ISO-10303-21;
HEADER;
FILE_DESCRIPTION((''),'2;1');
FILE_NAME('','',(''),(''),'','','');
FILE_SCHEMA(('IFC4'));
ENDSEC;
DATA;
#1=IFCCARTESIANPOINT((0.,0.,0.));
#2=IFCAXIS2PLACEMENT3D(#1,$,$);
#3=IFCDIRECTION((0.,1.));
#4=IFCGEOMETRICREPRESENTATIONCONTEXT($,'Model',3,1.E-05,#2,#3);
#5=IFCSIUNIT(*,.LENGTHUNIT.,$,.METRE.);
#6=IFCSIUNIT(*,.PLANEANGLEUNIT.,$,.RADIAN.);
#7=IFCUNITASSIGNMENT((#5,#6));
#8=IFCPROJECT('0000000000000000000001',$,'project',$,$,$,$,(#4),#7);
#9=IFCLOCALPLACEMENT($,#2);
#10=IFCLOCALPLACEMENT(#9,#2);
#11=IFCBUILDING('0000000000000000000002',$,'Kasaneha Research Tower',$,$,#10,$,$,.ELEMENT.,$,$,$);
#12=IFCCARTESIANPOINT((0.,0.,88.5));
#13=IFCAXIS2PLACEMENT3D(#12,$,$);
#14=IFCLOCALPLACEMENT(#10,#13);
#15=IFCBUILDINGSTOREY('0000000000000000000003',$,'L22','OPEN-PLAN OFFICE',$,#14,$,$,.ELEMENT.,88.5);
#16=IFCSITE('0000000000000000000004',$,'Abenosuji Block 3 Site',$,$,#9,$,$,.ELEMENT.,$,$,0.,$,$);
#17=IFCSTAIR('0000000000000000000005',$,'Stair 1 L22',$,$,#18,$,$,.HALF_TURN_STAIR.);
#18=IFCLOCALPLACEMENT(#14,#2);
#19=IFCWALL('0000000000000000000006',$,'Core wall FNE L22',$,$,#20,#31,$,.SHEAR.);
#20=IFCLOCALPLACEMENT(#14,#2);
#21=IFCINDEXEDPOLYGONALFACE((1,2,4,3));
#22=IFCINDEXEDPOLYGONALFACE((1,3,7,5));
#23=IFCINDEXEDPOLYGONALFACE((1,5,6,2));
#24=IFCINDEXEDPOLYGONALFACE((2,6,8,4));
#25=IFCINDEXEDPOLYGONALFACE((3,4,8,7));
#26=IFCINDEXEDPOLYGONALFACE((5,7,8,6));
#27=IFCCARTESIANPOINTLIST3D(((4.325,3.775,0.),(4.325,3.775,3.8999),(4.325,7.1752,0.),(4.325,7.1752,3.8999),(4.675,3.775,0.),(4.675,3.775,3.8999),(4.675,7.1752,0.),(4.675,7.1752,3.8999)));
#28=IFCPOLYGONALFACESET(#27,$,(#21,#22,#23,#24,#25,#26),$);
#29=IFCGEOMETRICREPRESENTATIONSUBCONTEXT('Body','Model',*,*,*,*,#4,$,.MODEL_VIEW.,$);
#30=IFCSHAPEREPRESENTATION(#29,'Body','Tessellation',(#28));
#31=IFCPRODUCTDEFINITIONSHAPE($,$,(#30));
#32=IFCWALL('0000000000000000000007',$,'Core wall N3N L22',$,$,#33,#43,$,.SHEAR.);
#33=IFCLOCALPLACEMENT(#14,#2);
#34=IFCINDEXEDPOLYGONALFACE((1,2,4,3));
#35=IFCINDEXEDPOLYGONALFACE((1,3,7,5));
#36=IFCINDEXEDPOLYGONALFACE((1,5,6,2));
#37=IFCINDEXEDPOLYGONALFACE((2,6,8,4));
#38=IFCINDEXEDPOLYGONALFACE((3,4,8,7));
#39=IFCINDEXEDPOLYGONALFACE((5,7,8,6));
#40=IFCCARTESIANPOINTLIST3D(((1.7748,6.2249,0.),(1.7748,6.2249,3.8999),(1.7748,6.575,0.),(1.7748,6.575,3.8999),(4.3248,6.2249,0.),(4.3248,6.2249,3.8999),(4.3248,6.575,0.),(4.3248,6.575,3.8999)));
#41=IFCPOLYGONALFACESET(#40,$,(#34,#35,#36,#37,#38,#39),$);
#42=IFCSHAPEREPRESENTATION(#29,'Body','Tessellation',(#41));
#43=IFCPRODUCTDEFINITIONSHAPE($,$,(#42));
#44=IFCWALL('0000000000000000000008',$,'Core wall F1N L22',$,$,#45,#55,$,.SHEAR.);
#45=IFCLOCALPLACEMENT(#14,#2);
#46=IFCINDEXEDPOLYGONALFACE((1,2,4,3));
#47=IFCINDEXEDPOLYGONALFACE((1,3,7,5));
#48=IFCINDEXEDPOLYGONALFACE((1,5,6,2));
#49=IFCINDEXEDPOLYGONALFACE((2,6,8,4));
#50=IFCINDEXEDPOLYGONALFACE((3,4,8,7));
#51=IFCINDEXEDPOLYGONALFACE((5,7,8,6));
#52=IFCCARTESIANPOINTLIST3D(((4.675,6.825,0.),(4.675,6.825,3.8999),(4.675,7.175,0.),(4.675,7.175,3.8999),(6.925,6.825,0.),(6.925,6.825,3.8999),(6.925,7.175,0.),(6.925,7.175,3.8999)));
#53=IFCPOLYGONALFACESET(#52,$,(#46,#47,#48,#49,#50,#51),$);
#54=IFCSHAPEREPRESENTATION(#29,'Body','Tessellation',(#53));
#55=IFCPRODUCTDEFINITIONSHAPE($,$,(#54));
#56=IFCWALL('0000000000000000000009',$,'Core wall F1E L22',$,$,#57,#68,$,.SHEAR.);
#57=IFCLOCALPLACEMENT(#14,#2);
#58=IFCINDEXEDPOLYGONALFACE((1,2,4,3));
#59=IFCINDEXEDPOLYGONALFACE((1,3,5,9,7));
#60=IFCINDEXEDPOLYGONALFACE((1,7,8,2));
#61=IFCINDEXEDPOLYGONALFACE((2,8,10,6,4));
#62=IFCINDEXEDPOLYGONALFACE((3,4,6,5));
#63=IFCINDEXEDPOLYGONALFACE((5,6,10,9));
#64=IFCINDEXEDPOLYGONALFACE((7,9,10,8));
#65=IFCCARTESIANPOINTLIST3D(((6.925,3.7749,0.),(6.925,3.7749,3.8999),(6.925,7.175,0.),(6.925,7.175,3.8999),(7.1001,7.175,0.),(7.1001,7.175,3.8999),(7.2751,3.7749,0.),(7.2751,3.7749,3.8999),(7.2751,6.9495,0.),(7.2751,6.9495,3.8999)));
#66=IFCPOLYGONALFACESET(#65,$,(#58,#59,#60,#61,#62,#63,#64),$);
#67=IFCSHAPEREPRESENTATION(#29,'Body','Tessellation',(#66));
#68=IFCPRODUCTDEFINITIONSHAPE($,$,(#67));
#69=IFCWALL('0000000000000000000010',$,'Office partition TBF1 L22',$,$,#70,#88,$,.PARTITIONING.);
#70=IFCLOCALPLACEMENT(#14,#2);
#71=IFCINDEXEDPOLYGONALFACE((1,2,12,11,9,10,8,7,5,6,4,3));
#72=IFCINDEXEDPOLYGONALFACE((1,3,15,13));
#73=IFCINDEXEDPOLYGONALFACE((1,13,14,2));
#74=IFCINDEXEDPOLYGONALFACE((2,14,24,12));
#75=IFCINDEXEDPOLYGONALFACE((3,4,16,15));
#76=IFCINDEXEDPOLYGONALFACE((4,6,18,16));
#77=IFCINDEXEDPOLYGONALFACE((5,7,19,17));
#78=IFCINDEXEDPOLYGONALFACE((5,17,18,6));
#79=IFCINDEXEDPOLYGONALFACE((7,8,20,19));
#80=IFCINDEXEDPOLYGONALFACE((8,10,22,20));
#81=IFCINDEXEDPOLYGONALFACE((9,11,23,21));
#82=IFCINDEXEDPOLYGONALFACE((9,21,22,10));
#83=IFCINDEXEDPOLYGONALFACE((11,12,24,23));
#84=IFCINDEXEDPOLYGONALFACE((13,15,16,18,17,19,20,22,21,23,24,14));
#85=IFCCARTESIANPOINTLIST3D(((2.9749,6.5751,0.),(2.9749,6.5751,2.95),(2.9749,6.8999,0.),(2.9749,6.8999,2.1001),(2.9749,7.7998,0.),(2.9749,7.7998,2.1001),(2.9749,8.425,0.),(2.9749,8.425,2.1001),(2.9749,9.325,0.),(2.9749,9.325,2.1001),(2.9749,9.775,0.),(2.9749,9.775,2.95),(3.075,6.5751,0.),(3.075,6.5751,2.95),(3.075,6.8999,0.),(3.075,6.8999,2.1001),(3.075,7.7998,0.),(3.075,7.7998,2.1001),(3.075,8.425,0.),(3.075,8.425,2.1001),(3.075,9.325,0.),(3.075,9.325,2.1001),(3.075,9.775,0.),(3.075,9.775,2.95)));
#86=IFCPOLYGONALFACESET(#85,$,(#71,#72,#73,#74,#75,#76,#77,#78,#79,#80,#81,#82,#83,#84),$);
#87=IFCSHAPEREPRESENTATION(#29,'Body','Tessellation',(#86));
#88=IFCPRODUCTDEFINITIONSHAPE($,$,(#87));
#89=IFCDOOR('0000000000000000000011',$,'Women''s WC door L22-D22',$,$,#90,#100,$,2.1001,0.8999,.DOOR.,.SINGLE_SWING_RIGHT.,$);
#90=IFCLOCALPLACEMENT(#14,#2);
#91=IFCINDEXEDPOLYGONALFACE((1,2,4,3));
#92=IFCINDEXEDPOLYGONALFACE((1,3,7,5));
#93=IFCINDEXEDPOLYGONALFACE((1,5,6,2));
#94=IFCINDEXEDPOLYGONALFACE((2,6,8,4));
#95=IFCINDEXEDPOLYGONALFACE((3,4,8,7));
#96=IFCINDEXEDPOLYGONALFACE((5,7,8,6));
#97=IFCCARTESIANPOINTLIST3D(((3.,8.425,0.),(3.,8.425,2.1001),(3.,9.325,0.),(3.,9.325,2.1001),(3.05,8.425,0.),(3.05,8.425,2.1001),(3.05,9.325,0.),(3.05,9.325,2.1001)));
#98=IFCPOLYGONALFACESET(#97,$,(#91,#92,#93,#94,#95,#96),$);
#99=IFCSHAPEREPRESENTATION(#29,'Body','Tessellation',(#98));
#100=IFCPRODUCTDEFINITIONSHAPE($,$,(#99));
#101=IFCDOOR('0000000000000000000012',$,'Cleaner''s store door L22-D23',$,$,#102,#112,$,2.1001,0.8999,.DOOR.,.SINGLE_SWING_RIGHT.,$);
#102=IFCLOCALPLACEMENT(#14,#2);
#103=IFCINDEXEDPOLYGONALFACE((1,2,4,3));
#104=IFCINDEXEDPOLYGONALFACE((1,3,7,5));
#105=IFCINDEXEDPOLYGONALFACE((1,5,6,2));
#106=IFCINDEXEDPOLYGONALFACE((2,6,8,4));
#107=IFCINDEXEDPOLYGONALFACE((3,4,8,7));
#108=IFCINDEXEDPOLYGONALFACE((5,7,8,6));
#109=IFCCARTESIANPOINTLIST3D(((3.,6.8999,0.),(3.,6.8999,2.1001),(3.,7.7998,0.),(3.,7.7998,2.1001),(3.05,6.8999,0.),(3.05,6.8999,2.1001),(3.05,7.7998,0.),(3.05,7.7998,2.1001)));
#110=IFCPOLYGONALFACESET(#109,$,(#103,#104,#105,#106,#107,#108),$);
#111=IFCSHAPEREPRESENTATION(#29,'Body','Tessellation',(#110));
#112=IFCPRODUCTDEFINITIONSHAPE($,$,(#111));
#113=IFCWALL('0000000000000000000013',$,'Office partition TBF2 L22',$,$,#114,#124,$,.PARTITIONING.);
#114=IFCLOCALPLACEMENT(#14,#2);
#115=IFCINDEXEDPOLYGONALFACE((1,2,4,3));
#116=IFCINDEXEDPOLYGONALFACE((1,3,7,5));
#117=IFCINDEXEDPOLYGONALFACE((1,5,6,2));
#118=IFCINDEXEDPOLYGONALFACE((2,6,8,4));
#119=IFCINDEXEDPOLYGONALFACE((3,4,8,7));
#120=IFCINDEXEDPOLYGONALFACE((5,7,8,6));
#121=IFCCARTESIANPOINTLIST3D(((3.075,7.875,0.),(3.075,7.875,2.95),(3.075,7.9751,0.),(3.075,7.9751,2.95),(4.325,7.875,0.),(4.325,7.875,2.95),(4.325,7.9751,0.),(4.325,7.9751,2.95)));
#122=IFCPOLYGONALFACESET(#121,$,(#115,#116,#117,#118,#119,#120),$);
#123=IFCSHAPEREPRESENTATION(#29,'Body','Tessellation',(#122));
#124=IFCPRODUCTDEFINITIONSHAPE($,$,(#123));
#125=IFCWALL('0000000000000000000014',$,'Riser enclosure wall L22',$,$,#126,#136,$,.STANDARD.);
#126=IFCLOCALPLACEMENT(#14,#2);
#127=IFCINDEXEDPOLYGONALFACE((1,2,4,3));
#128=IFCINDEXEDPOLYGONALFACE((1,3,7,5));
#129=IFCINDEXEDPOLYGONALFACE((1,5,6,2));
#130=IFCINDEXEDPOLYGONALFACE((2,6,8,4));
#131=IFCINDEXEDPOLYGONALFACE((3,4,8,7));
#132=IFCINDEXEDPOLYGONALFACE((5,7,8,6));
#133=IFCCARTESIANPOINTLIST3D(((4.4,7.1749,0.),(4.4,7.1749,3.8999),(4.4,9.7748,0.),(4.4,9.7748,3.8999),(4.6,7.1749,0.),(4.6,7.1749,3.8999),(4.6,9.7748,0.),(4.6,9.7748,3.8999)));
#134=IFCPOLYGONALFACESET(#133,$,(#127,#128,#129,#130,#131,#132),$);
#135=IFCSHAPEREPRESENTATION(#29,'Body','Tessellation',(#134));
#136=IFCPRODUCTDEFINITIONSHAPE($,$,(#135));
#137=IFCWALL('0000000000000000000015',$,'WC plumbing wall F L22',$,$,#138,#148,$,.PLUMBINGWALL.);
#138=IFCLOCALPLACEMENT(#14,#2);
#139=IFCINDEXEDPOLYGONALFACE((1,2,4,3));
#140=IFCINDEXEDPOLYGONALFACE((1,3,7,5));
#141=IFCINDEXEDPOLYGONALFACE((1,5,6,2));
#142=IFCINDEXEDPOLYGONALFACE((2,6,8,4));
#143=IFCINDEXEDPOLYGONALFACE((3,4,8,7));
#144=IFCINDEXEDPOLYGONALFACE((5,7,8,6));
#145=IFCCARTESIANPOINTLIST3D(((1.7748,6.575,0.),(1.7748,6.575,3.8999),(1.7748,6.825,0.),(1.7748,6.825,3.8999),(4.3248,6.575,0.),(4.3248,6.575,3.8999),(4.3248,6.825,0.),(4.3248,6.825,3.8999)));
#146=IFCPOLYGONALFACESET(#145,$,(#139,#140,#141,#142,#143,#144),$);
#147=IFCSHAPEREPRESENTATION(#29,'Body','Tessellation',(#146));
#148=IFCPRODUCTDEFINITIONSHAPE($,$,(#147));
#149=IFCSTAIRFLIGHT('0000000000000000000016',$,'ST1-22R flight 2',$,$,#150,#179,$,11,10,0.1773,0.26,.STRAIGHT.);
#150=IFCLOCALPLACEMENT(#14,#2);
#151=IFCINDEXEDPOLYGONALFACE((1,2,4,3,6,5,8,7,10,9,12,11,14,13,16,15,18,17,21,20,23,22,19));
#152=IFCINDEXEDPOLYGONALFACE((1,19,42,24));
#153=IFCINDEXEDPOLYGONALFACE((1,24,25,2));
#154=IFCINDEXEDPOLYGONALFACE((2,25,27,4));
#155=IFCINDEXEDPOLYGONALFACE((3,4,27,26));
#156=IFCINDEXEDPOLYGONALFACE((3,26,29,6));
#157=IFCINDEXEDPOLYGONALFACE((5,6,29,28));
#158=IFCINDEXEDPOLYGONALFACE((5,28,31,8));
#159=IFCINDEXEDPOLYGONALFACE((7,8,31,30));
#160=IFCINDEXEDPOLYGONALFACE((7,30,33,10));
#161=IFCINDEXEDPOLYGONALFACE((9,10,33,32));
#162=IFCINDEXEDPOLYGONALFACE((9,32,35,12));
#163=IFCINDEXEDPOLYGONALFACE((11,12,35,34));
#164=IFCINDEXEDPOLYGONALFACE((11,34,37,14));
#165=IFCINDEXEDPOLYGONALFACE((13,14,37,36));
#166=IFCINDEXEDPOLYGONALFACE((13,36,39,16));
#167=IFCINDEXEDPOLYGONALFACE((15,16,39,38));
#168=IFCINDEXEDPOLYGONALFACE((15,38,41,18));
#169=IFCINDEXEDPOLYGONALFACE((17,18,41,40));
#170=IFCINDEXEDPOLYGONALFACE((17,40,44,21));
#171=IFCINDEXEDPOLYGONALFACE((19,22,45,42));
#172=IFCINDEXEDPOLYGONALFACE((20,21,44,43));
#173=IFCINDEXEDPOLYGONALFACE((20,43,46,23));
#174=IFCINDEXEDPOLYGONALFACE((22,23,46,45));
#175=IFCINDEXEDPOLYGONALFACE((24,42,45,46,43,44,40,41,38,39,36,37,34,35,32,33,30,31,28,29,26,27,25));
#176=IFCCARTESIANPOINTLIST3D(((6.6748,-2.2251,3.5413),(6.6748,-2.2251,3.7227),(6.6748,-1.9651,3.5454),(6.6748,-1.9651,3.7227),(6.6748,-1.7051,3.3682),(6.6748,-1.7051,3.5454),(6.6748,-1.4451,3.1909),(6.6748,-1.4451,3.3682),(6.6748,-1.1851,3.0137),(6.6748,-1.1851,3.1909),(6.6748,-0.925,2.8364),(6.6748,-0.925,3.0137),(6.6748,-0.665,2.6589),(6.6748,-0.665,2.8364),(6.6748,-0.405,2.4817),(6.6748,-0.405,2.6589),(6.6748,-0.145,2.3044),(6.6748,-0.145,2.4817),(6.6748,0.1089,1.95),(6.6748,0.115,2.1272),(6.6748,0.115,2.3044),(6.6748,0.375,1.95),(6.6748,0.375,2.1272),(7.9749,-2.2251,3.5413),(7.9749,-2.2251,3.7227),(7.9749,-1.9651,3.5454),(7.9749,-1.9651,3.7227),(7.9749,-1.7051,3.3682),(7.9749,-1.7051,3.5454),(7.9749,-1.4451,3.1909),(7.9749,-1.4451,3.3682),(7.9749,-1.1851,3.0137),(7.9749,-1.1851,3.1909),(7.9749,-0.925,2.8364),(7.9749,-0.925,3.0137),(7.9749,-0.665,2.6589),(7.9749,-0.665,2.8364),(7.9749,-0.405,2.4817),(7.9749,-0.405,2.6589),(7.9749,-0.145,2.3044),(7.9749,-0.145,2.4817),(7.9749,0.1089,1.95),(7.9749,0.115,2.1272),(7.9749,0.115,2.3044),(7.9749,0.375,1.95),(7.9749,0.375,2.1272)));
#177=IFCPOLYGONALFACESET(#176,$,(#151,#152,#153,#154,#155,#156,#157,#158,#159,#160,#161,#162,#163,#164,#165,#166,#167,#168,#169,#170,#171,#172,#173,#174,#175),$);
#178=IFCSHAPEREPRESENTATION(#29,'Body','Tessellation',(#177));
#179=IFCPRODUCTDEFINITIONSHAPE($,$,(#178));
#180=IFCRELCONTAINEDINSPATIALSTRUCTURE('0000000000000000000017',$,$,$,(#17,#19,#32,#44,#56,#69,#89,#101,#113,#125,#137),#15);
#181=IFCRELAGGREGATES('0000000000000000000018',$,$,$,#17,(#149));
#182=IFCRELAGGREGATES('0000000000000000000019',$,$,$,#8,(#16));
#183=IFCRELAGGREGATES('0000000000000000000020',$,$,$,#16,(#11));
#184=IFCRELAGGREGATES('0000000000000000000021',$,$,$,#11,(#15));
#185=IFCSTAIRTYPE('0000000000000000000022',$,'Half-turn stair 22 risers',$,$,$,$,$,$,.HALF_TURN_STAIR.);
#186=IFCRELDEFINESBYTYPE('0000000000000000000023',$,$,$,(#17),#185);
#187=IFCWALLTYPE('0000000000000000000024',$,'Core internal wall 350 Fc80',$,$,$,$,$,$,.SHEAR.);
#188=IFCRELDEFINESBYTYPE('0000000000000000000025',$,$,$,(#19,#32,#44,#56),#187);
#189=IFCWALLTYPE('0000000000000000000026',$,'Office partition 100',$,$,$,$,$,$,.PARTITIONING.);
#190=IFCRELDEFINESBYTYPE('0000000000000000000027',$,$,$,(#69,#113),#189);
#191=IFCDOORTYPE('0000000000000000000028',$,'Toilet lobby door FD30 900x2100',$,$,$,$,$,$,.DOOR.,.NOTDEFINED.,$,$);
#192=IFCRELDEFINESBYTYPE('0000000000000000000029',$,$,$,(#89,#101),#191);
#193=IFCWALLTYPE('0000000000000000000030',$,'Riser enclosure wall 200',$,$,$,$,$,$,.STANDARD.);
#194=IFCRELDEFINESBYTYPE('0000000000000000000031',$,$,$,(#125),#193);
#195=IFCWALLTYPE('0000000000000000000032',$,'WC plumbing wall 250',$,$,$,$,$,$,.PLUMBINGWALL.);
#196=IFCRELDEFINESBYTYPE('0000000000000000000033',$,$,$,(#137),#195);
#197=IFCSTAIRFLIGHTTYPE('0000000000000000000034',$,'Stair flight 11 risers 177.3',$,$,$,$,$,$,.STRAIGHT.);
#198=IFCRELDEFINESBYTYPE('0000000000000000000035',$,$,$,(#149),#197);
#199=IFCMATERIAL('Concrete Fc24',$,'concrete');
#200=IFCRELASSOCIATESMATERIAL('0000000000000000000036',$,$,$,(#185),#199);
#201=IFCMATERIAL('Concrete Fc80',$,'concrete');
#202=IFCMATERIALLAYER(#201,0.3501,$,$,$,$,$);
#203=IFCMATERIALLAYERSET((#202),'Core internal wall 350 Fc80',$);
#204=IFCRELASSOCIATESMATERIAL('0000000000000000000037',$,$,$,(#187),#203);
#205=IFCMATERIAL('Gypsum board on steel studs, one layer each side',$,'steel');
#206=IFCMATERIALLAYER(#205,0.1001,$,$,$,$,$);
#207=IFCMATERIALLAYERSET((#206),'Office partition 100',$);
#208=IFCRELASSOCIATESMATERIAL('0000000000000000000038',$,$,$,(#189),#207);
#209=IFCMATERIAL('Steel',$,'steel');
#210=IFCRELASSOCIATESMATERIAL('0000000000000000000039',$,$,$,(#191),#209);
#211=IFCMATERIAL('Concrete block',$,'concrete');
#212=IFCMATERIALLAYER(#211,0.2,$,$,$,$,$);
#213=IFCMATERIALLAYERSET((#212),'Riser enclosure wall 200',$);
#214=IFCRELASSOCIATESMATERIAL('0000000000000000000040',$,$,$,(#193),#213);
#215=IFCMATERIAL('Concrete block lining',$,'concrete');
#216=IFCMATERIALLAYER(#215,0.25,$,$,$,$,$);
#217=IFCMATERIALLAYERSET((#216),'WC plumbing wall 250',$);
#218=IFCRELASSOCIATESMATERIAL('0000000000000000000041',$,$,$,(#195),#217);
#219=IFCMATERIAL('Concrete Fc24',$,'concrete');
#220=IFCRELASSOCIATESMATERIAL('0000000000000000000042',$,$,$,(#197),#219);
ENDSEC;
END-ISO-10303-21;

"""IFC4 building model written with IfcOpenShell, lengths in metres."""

from ifc_helpers import new_model, si_unit, direction, frame, frame_2d, origin, place, context, subcontext, project, spatial, polyline, rectangle, outline, extrude, material, layer, layer_set, type_object, element, fill, aggregate, save


model = new_model("IFC4")

# Units and contexts
model_context = context("Model", 3, precision=1e-05, world=origin(), true_north=direction((0.0, 1.0)))
body_context = subcontext(model_context, "Body", "Model", "MODEL_VIEW")
ifc_project = project(units=[si_unit("LENGTHUNIT", "METRE"), si_unit("PLANEANGLEUNIT", "RADIAN")], contexts=[model_context])

# Site, building, storey
site_placement = place(None, origin())
site = spatial("IfcSite", under=ifc_project, at=site_placement, Name="Abenosuji Block 3 Site", CompositionType="ELEMENT", RefElevation=0.0)
building_placement = place(site_placement, origin())
building = spatial("IfcBuilding", under=site, at=building_placement, Name="Kasaneha Research Tower", CompositionType="ELEMENT")
storey_placement = place(building_placement, frame((0.0, 0.0, 88.5)))
storey = spatial("IfcBuildingStorey", under=building, at=storey_placement, Name="L22", Description="OPEN-PLAN OFFICE", CompositionType="ELEMENT", Elevation=88.5)

# Stair
ifc_material_1 = material(Name="Concrete Fc24", Category="concrete")
stair_type = type_object("IfcStairType", Name="Half-turn stair 22 risers", PredefinedType="HALF_TURN_STAIR", material=ifc_material_1)
stair_1_placement = place(storey_placement, origin())
stair_1 = element("IfcStair", 1, at=stair_1_placement, inside=storey, type_object=stair_type, Name="Stair 1 L22", PredefinedType="HALF_TURN_STAIR")

# Shared definitions
ifc_material_2 = material(Name="Concrete Fc80", Category="concrete")
ifc_layer_1 = layer(ifc_material_2, 0.3501)
ifc_layer_set_1 = layer_set([ifc_layer_1], Name="Core internal wall 350 Fc80")
wall_type_1 = type_object("IfcWallType", Name="Core internal wall 350 Fc80", PredefinedType="SHEAR", material=ifc_layer_set_1)

# Walls
wall_1_placement = place(storey_placement, frame((4.5, 3.7749, 0.0), z_axis=(0.0, 0.0, 1.0), x_axis=(0.0, 1.0, 0.0)))
element("IfcWall", 2, at=wall_1_placement, inside=storey, type_object=wall_type_1, Name="Core wall FNE L22", PredefinedType="SHEAR", context=body_context, shape_type="SweptSolid", body=[
    extrude(rectangle(XDim=3.4001, YDim=0.3501, at=frame_2d((1.7002, 0.0))), origin(), (0.0, 0.0, 1.0), 3.8999),
])
wall_2_placement = place(storey_placement, frame((1.7749, 6.3999, 0.0), z_axis=(0.0, 0.0, 1.0), x_axis=(1.0, 0.0, 0.0)))
element("IfcWall", 3, at=wall_2_placement, inside=storey, type_object=wall_type_1, Name="Core wall N3N L22", PredefinedType="SHEAR", context=body_context, shape_type="SweptSolid", body=[
    extrude(rectangle(XDim=2.55, YDim=0.3501, at=frame_2d((1.2749, 0.0))), origin(), (0.0, 0.0, 1.0), 3.8999),
])
wall_3_placement = place(storey_placement, frame((4.675, 7.0, 0.0), z_axis=(0.0, 0.0, 1.0), x_axis=(1.0, 0.0, 0.0)))
element("IfcWall", 4, at=wall_3_placement, inside=storey, type_object=wall_type_1, Name="Core wall F1N L22", PredefinedType="SHEAR", context=body_context, shape_type="SweptSolid", body=[
    extrude(rectangle(XDim=2.25, YDim=0.3501, at=frame_2d((1.125, 0.0))), origin(), (0.0, 0.0, 1.0), 3.8999),
])
wall_4_placement = place(storey_placement, frame((7.1001, 3.7749, 0.0), z_axis=(0.0, 0.0, 1.0), x_axis=(0.0, 1.0, 0.0)))
element("IfcWall", 5, at=wall_4_placement, inside=storey, type_object=wall_type_1, Name="Core wall F1E L22", PredefinedType="SHEAR", context=body_context, shape_type="SweptSolid", body=[
    extrude(outline(polyline([(0.0, -0.175), (3.1746, -0.175), (3.4001, 0.0), (3.4001, 0.175), (0.0, 0.175), (0.0, -0.175)])), origin(), (0.0, 0.0, 1.0), 3.8999),
])

# Wall, openings, doors
ifc_material_3 = material(Name="Gypsum board on steel studs, one layer each side", Category="steel")
ifc_layer_2 = layer(ifc_material_3, 0.1001)
ifc_layer_set_2 = layer_set([ifc_layer_2], Name="Office partition 100")
wall_type_2 = type_object("IfcWallType", Name="Office partition 100", PredefinedType="PARTITIONING", material=ifc_layer_set_2)
wall_5_placement = place(storey_placement, frame((3.0249, 6.575, 0.0), z_axis=(0.0, 0.0, 1.0), x_axis=(0.0, 1.0, 0.0)))
wall_5 = element("IfcWall", 6, at=wall_5_placement, inside=storey, type_object=wall_type_2, Name="Office partition TBF1 L22", PredefinedType="PARTITIONING", context=body_context, shape_type="SweptSolid", body=[
    extrude(rectangle(XDim=3.2, YDim=0.1001, at=frame_2d((1.6001, 0.0))), origin(), (0.0, 0.0, 1.0), 2.95),
])
opening_1_placement = place(wall_5_placement, frame((1.8501, 0.0, 0.0)))
opening_1 = element("IfcOpeningElement", 7, at=opening_1_placement, cuts=wall_5, PredefinedType="OPENING", context=body_context, shape_type="SweptSolid", body=[
    extrude(rectangle(XDim=0.8999, YDim=2.1001, at=frame_2d((0.45, 1.05))), frame((0.0, 0.0601, 0.0), z_axis=(0.0, -1.0, 0.0), x_axis=(1.0, 0.0, 0.0)), (0.0, 0.0, 1.0), 0.1201),
])
opening_2_placement = place(wall_5_placement, frame((0.325, 0.0, 0.0)))
opening_2 = element("IfcOpeningElement", 8, at=opening_2_placement, cuts=wall_5, PredefinedType="OPENING", context=body_context, shape_type="SweptSolid", body=[
    extrude(rectangle(XDim=0.8999, YDim=2.1001, at=frame_2d((0.45, 1.05))), frame((0.0, 0.0601, 0.0), z_axis=(0.0, -1.0, 0.0), x_axis=(1.0, 0.0, 0.0)), (0.0, 0.0, 1.0), 0.1201),
])
ifc_material_4 = material(Name="Steel", Category="steel")
door_type_1 = type_object("IfcDoorType", Name="Toilet lobby door FD30 900x2100", OperationType="NOTDEFINED", PredefinedType="DOOR", material=ifc_material_4)
door_1_placement = place(opening_1_placement, origin())
door_1 = element("IfcDoor", 9, at=door_1_placement, inside=storey, type_object=door_type_1, Name="Women's WC door L22-D22", OperationType="SINGLE_SWING_RIGHT", OverallHeight=2.1001, OverallWidth=0.8999, PredefinedType="DOOR", context=body_context, shape_type="SweptSolid", body=[
    extrude(rectangle(XDim=0.8999, YDim=2.1001, at=frame_2d((0.45, 1.05))), frame((0.0, 0.0249, 0.0), z_axis=(0.0, -1.0, 0.0), x_axis=(1.0, 0.0, 0.0)), (0.0, 0.0, 1.0), 0.05),
])
fill(opening_1, door_1)
door_2_placement = place(opening_2_placement, origin())
door_2 = element("IfcDoor", 10, at=door_2_placement, inside=storey, type_object=door_type_1, Name="Cleaner's store door L22-D23", OperationType="SINGLE_SWING_RIGHT", OverallHeight=2.1001, OverallWidth=0.8999, PredefinedType="DOOR", context=body_context, shape_type="SweptSolid", body=[
    extrude(rectangle(XDim=0.8999, YDim=2.1001, at=frame_2d((0.45, 1.05))), frame((0.0, 0.0249, 0.0), z_axis=(0.0, -1.0, 0.0), x_axis=(1.0, 0.0, 0.0)), (0.0, 0.0, 1.0), 0.05),
])
fill(opening_2, door_2)

# Walls
wall_6_placement = place(storey_placement, frame((3.075, 7.925, 0.0), z_axis=(0.0, 0.0, 1.0), x_axis=(1.0, 0.0, 0.0)))
element("IfcWall", 11, at=wall_6_placement, inside=storey, type_object=wall_type_2, Name="Office partition TBF2 L22", PredefinedType="PARTITIONING", context=body_context, shape_type="SweptSolid", body=[
    extrude(rectangle(XDim=1.25, YDim=0.1001, at=frame_2d((0.625, 0.0))), origin(), (0.0, 0.0, 1.0), 2.95),
])
ifc_material_5 = material(Name="Concrete block", Category="concrete")
ifc_layer_3 = layer(ifc_material_5, 0.2)
ifc_layer_set_3 = layer_set([ifc_layer_3], Name="Riser enclosure wall 200")
wall_type_3 = type_object("IfcWallType", Name="Riser enclosure wall 200", PredefinedType="STANDARD", material=ifc_layer_set_3)
wall_7_placement = place(storey_placement, frame((4.5, 7.175, 0.0), z_axis=(0.0, 0.0, 1.0), x_axis=(0.0, 1.0, 0.0)))
element("IfcWall", 12, at=wall_7_placement, inside=storey, type_object=wall_type_3, Name="Riser enclosure wall L22", PredefinedType="STANDARD", context=body_context, shape_type="SweptSolid", body=[
    extrude(rectangle(XDim=2.5999, YDim=0.2, at=frame_2d((1.2998, 0.0))), origin(), (0.0, 0.0, 1.0), 3.8999),
])
ifc_material_6 = material(Name="Concrete block lining", Category="concrete")
ifc_layer_4 = layer(ifc_material_6, 0.25)
ifc_layer_set_4 = layer_set([ifc_layer_4], Name="WC plumbing wall 250")
wall_type_4 = type_object("IfcWallType", Name="WC plumbing wall 250", PredefinedType="PLUMBINGWALL", material=ifc_layer_set_4)
wall_8_placement = place(storey_placement, frame((1.7749, 6.7, 0.0), z_axis=(0.0, 0.0, 1.0), x_axis=(1.0, 0.0, 0.0)))
element("IfcWall", 13, at=wall_8_placement, inside=storey, type_object=wall_type_4, Name="WC plumbing wall F L22", PredefinedType="PLUMBINGWALL", context=body_context, shape_type="SweptSolid", body=[
    extrude(rectangle(XDim=2.55, YDim=0.25, at=frame_2d((1.2749, 0.0))), origin(), (0.0, 0.0, 1.0), 3.8999),
])

# Stair flight
ifc_material_7 = material(Name="Concrete Fc24", Category="concrete")
stair_flight_type = type_object("IfcStairFlightType", Name="Stair flight 11 risers 177.3", PredefinedType="STRAIGHT", material=ifc_material_7)
stair_flight_placement = place(storey_placement, frame((7.325, 0.375, 1.95), z_axis=(0.0, 0.0, 1.0), x_axis=(0.0, -1.0, 0.0)))
stair_flight = element("IfcStairFlight", 14, at=stair_flight_placement, type_object=stair_flight_type, Name="ST1-22R flight 2", NumberOfRisers=11, NumberOfTreads=10, PredefinedType="STRAIGHT", RiserHeight=0.1773, TreadLength=0.26, context=body_context, shape_type="SweptSolid", body=[
    extrude(outline(polyline([(0.0, 0.0), (0.0, 0.1772), (0.26, 0.1772), (0.26, 0.3545), (0.52, 0.3545), (0.52, 0.5317), (0.78, 0.5317), (0.78, 0.709), (1.04, 0.709), (1.04, 0.8865), (1.3, 0.8865), (1.3, 1.0637), (1.5601, 1.0637), (1.5601, 1.241), (1.8201, 1.241), (1.8201, 1.4182), (2.0801, 1.4182), (2.0801, 1.5955), (2.3401, 1.5955), (2.3401, 1.7727), (2.6001, 1.7727), (2.6001, 1.95), (2.6001, 1.5913), (0.2661, 0.0), (0.0, 0.0)])), frame((0.0, 0.6499, 0.0), z_axis=(0.0, -1.0, 0.0), x_axis=(1.0, 0.0, 0.0)), (0.0, 0.0, 1.0), 1.3),
])
aggregate(stair_1, [stair_flight])

save(model, "model.ifc")
